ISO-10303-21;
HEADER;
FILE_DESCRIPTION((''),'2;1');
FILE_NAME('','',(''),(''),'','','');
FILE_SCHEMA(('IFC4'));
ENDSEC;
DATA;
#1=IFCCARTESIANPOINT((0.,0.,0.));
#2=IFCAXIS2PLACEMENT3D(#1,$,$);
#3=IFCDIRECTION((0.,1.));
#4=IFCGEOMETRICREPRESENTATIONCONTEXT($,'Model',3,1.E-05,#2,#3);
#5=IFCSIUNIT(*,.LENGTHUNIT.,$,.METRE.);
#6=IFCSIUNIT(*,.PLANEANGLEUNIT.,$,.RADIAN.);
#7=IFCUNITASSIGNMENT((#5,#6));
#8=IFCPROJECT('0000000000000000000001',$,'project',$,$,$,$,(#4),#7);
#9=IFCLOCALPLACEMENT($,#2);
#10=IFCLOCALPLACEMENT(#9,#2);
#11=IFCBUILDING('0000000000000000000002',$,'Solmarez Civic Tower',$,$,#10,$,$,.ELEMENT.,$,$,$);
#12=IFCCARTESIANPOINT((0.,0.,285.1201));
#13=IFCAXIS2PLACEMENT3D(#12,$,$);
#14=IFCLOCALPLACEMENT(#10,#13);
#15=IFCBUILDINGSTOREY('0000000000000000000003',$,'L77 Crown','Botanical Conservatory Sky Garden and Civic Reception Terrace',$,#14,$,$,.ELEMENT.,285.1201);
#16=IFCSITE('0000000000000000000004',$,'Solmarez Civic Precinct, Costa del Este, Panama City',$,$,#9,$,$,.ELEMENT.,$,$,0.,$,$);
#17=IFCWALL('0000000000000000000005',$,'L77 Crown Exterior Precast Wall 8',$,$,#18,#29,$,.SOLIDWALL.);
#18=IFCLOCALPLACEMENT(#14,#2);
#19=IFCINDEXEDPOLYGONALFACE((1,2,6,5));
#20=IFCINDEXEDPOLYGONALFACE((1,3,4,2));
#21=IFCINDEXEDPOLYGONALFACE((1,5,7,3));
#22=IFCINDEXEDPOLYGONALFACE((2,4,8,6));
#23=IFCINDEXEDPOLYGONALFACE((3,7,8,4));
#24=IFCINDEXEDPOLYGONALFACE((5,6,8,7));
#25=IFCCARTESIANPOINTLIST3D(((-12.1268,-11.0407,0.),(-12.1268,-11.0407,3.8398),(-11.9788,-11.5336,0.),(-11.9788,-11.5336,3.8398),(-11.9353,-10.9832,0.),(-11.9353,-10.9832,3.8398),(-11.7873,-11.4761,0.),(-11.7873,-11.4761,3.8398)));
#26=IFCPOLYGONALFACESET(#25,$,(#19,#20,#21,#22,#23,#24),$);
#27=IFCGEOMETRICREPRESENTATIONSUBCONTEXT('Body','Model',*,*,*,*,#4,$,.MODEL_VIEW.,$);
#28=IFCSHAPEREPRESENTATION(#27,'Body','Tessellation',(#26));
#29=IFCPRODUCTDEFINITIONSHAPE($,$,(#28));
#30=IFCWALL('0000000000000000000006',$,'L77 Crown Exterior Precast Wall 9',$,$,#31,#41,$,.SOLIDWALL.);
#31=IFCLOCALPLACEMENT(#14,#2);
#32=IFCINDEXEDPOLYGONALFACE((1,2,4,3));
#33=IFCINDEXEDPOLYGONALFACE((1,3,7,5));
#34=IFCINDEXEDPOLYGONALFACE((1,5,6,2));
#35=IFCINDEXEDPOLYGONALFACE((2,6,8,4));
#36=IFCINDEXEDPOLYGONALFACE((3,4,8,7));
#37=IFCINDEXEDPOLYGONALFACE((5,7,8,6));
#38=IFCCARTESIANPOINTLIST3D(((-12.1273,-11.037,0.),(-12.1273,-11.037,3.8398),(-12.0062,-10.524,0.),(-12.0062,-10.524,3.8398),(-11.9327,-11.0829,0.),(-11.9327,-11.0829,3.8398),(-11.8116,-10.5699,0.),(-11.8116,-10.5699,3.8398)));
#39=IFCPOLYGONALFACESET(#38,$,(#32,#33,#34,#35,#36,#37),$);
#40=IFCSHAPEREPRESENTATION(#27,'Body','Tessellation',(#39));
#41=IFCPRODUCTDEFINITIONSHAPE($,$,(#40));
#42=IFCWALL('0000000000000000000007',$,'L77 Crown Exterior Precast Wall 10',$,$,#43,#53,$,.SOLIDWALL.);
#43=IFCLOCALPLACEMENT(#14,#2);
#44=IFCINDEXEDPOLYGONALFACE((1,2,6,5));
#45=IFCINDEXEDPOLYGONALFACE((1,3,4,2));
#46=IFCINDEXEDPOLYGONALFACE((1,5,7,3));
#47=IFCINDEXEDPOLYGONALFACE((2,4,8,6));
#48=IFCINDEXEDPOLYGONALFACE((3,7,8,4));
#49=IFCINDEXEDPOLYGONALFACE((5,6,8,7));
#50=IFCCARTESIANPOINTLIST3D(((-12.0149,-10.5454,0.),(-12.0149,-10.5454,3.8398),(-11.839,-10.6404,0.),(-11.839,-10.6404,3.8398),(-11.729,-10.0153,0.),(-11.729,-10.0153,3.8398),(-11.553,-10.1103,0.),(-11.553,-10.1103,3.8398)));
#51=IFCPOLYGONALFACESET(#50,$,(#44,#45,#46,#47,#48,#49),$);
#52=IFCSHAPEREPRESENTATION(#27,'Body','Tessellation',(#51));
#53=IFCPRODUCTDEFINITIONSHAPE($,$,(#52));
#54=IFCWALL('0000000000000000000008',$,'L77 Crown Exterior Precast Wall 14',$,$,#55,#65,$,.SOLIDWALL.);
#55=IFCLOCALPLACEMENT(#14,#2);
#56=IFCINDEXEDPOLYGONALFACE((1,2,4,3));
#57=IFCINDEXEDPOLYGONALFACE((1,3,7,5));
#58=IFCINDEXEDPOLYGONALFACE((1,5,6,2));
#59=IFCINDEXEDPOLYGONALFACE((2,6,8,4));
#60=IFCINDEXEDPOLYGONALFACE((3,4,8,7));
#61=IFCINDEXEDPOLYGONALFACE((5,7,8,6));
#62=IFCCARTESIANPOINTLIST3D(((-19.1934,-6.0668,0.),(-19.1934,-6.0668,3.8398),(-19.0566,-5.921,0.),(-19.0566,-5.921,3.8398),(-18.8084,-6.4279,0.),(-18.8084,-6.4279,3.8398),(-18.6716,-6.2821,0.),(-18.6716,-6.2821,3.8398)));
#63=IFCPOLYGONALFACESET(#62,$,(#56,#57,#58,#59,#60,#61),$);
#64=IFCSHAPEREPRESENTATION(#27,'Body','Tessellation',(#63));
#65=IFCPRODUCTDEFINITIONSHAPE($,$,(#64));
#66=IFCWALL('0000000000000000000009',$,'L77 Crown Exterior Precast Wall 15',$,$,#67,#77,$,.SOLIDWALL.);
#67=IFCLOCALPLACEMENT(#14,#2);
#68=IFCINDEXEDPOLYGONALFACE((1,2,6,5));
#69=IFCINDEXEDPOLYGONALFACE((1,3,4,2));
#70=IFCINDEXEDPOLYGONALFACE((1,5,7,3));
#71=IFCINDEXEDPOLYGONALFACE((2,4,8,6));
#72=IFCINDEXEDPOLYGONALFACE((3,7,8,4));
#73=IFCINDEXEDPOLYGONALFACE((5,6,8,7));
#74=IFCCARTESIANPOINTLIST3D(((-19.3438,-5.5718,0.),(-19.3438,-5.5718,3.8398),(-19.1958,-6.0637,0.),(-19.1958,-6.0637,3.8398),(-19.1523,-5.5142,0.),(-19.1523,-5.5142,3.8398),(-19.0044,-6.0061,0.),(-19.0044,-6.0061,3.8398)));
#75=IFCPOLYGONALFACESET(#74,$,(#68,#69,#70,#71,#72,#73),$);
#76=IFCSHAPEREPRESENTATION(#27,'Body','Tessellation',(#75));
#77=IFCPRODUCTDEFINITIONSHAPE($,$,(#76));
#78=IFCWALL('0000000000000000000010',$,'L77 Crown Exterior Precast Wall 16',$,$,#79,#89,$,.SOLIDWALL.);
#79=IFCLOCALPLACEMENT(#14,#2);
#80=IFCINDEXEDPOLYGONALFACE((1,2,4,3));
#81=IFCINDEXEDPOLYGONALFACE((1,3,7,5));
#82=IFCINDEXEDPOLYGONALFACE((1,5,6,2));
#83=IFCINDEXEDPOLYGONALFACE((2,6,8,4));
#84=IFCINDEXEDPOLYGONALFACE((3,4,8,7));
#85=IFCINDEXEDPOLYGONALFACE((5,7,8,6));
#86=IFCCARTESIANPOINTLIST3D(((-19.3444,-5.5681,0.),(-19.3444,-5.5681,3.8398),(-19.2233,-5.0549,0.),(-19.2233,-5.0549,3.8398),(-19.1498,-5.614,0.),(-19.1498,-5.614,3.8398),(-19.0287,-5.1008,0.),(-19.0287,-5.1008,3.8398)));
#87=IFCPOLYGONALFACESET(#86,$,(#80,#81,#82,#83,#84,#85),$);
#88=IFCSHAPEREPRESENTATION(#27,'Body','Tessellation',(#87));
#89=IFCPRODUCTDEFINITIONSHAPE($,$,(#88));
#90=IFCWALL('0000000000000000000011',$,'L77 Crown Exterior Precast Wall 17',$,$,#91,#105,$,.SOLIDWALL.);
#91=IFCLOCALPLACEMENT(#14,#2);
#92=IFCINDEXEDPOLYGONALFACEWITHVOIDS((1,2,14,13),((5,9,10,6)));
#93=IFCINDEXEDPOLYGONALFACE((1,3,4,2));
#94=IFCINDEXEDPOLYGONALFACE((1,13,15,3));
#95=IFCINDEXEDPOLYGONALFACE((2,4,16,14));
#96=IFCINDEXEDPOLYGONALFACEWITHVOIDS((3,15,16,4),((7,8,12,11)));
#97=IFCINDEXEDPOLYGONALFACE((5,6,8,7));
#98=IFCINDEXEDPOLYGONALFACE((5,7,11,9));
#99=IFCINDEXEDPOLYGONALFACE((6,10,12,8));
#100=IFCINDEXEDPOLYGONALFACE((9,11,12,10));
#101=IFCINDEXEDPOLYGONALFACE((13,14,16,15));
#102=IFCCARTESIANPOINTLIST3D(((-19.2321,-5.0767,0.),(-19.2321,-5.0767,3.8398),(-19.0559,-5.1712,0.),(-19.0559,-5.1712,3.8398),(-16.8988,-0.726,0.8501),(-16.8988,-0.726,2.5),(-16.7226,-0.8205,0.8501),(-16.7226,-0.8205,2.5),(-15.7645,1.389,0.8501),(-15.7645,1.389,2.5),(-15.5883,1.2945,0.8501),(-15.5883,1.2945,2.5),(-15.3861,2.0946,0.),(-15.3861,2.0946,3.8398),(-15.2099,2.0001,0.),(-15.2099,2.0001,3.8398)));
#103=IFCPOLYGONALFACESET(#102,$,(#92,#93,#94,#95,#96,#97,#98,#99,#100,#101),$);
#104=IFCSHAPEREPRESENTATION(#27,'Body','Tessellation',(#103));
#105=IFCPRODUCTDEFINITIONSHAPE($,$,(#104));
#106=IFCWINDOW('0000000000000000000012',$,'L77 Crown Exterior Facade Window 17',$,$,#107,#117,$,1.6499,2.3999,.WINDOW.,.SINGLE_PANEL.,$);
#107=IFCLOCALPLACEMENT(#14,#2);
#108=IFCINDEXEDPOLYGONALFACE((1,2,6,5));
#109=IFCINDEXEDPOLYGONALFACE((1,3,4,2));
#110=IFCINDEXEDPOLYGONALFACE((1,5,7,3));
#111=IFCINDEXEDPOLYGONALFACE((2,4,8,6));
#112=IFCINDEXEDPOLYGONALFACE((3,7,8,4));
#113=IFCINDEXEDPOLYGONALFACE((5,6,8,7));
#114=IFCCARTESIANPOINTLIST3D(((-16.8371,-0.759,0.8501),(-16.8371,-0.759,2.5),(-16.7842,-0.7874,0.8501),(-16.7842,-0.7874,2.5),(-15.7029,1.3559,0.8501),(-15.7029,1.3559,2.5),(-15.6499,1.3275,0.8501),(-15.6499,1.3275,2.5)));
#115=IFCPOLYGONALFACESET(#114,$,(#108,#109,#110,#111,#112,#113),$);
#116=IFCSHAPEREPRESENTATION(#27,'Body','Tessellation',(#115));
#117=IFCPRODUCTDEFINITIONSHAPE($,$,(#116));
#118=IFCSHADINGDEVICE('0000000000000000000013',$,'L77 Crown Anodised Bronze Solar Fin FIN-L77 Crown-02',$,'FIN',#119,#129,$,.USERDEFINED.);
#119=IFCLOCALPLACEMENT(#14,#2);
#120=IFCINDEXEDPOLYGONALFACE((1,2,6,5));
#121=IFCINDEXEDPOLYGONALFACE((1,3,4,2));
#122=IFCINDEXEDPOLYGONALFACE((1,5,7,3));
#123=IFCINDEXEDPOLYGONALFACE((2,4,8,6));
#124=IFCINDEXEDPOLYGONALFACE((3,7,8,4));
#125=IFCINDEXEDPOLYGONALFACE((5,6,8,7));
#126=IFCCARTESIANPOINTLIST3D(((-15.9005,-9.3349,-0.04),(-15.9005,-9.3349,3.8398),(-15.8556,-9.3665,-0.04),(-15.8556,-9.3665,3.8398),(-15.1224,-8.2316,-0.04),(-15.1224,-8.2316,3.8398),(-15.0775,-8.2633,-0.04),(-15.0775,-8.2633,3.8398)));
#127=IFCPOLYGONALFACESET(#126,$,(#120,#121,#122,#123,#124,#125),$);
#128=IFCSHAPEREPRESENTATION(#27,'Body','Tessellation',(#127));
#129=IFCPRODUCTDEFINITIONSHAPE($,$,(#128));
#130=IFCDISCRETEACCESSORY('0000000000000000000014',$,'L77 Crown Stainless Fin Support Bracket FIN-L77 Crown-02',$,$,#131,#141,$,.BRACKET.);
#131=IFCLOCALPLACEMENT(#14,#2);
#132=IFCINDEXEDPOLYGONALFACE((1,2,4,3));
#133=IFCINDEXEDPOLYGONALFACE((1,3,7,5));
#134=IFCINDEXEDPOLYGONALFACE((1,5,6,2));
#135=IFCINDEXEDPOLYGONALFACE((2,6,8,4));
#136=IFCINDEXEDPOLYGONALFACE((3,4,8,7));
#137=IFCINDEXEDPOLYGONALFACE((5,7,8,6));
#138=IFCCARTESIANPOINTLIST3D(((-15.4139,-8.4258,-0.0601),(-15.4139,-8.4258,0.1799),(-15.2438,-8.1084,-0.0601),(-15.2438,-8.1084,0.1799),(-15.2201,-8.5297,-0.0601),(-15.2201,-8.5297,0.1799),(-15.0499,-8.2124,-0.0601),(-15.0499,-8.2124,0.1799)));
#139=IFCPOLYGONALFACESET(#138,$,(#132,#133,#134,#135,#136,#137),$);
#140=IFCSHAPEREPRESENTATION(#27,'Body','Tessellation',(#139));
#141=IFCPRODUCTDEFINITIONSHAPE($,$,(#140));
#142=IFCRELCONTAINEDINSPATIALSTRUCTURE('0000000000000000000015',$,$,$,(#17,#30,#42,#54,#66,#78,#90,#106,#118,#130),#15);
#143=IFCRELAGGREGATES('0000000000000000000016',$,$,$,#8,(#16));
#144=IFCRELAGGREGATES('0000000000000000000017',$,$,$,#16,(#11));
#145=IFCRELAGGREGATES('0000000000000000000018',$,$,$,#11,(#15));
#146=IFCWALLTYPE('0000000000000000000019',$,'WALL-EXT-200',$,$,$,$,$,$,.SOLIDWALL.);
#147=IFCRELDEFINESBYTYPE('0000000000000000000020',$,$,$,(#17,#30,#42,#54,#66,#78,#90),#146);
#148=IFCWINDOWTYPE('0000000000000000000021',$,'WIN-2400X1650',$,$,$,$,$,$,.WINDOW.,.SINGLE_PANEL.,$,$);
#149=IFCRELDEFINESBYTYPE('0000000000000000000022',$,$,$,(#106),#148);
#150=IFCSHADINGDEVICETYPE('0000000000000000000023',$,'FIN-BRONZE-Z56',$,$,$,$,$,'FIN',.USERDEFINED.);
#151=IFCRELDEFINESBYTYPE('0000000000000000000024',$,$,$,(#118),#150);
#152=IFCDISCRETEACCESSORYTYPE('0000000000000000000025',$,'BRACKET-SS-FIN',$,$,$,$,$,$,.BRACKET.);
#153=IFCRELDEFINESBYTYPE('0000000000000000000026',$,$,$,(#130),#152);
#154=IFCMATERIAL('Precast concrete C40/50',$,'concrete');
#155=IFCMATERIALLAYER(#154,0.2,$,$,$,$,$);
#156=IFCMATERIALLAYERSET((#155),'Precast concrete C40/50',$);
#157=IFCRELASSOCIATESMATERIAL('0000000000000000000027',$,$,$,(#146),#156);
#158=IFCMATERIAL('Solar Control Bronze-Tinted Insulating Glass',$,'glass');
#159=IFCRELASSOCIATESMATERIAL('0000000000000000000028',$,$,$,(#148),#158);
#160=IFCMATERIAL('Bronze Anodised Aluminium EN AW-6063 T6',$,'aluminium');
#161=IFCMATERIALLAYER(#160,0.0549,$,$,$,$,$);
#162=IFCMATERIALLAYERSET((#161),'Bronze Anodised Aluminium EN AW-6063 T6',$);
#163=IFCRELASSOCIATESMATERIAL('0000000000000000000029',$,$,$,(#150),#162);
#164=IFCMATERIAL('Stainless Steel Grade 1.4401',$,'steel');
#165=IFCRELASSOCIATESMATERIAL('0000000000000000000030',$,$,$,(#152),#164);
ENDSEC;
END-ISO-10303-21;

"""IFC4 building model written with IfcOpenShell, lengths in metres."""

from ifc_helpers import new_model, si_unit, direction, frame, frame_2d, origin, origin_2d, place, context, subcontext, project, spatial, rectangle, extrude, material, layer, layer_set, type_object, element, fill, save


model = new_model("IFC4")

# Units and contexts
model_context = context("Model", 3, precision=1e-05, world=origin(), true_north=direction((0.0, 1.0)))
body_context = subcontext(model_context, "Body", "Model", "MODEL_VIEW")
ifc_project = project(units=[si_unit("LENGTHUNIT", "METRE"), si_unit("PLANEANGLEUNIT", "RADIAN")], contexts=[model_context])

# Site, building, storey
site_placement = place(None, origin())
site = spatial("IfcSite", under=ifc_project, at=site_placement, Name="Solmarez Civic Precinct, Costa del Este, Panama City", CompositionType="ELEMENT", RefElevation=0.0)
building_placement = place(site_placement, origin())
building = spatial("IfcBuilding", under=site, at=building_placement, Name="Solmarez Civic Tower", CompositionType="ELEMENT")
storey_placement = place(building_placement, frame((0.0, 0.0, 285.1201)))
storey = spatial("IfcBuildingStorey", under=building, at=storey_placement, Name="L77 Crown", Description="Botanical Conservatory Sky Garden and Civic Reception Terrace", CompositionType="ELEMENT", Elevation=285.1201)

# Shared definitions
ifc_material_1 = material(Name="Bronze Anodised Aluminium EN AW-6063 T6", Category="aluminium")

# Walls
ifc_material_2 = material(Name="Precast concrete C40/50", Category="concrete")
ifc_layer_1 = layer(ifc_material_2, 0.2)
ifc_layer_set_1 = layer_set([ifc_layer_1], Name="Precast concrete C40/50")
wall_type = type_object("IfcWallType", Name="WALL-EXT-200", PredefinedType="SOLIDWALL", material=ifc_layer_set_1)
wall_1_placement = place(storey_placement, frame((-11.8831, -11.5049, 0.0), z_axis=(0.0, 0.0, 1.0), x_axis=(-0.287478, 0.957787, 0.0)))
element("IfcWall", 1, at=wall_1_placement, inside=storey, type_object=wall_type, Name="L77 Crown Exterior Precast Wall 8", PredefinedType="SOLIDWALL", context=body_context, shape_type="SweptSolid", body=[
    extrude(rectangle(XDim=0.5146, YDim=0.2, at=frame_2d((0.2573, 0.0))), origin(), (0.0, 0.0, 1.0), 3.8398),
])
wall_2_placement = place(storey_placement, frame((-12.03, -11.0601, 0.0), z_axis=(0.0, 0.0, 1.0), x_axis=(0.229762, 0.973247, 0.0)))
element("IfcWall", 2, at=wall_2_placement, inside=storey, type_object=wall_type, Name="L77 Crown Exterior Precast Wall 9", PredefinedType="SOLIDWALL", context=body_context, shape_type="SweptSolid", body=[
    extrude(rectangle(XDim=0.5271, YDim=0.2, at=frame_2d((0.2637, 0.0))), origin(), (0.0, 0.0, 1.0), 3.8398),
])
wall_3_placement = place(storey_placement, frame((-11.927, -10.593, 0.0), z_axis=(0.0, 0.0, 1.0), x_axis=(0.474728, 0.880132, 0.0)))
element("IfcWall", 3, at=wall_3_placement, inside=storey, type_object=wall_type, Name="L77 Crown Exterior Precast Wall 10", PredefinedType="SOLIDWALL", context=body_context, shape_type="SweptSolid", body=[
    extrude(rectangle(XDim=0.6023, YDim=0.2, at=frame_2d((0.3013, 0.0))), origin(), (0.0, 0.0, 1.0), 3.8398),
])
wall_4_placement = place(storey_placement, frame((-18.74, -6.355, 0.0), z_axis=(0.0, 0.0, 1.0), x_axis=(-0.729407, 0.68408, 0.0)))
element("IfcWall", 4, at=wall_4_placement, inside=storey, type_object=wall_type, Name="L77 Crown Exterior Precast Wall 14", PredefinedType="SOLIDWALL", context=body_context, shape_type="SweptSolid", body=[
    extrude(rectangle(XDim=0.5278, YDim=0.2, at=frame_2d((0.2639, 0.0))), origin(), (0.0, 0.0, 1.0), 3.8398),
])
wall_5_placement = place(storey_placement, frame((-19.1001, -6.0349, 0.0), z_axis=(0.0, 0.0, 1.0), x_axis=(-0.288002, 0.95763, 0.0)))
element("IfcWall", 5, at=wall_5_placement, inside=storey, type_object=wall_type, Name="L77 Crown Exterior Precast Wall 15", PredefinedType="SOLIDWALL", context=body_context, shape_type="SweptSolid", body=[
    extrude(rectangle(XDim=0.5137, YDim=0.2, at=frame_2d((0.2568, 0.0))), origin(), (0.0, 0.0, 1.0), 3.8398),
])
wall_6_placement = place(storey_placement, frame((-19.2471, -5.5911, 0.0), z_axis=(0.0, 0.0, 1.0), x_axis=(0.229659, 0.973271, 0.0)))
element("IfcWall", 6, at=wall_6_placement, inside=storey, type_object=wall_type, Name="L77 Crown Exterior Precast Wall 16", PredefinedType="SOLIDWALL", context=body_context, shape_type="SweptSolid", body=[
    extrude(rectangle(XDim=0.5273, YDim=0.2, at=frame_2d((0.2637, 0.0))), origin(), (0.0, 0.0, 1.0), 3.8398),
])

# Wall, opening, window
wall_7_placement = place(storey_placement, frame((-19.144, -5.124, 0.0), z_axis=(0.0, 0.0, 1.0), x_axis=(0.472628, 0.881262, 0.0)))
wall_7 = element("IfcWall", 7, at=wall_7_placement, inside=storey, type_object=wall_type, Name="L77 Crown Exterior Precast Wall 17", PredefinedType="SOLIDWALL", context=body_context, shape_type="SweptSolid", body=[
    extrude(rectangle(XDim=8.1375, YDim=0.2, at=frame_2d((4.0688, 0.0))), origin(), (0.0, 0.0, 1.0), 3.8398),
])
opening_placement = place(wall_7_placement, frame((4.937, 0.0, 0.8501)))
opening = element("IfcOpeningElement", 8, at=opening_placement, cuts=wall_7, PredefinedType="OPENING", context=body_context, shape_type="SweptSolid", body=[
    extrude(rectangle(XDim=2.3999, YDim=1.6499, at=frame_2d((1.2, 0.825))), frame((0.0, 0.1099, 0.0), z_axis=(0.0, -1.0, 0.0), x_axis=(1.0, 0.0, 0.0)), (0.0, 0.0, 1.0), 0.22),
])
ifc_material_3 = material(Name="Solar Control Bronze-Tinted Insulating Glass", Category="glass")
window_type = type_object("IfcWindowType", Name="WIN-2400X1650", PartitioningType="SINGLE_PANEL", PredefinedType="WINDOW", material=ifc_material_3)
window_placement = place(opening_placement, origin())
window = element("IfcWindow", 9, at=window_placement, inside=storey, type_object=window_type, Name="L77 Crown Exterior Facade Window 17", OverallHeight=1.6499, OverallWidth=2.3999, PartitioningType="SINGLE_PANEL", PredefinedType="WINDOW", context=body_context, shape_type="SweptSolid", body=[
    extrude(rectangle(XDim=2.3999, YDim=1.6499, at=frame_2d((1.2, 0.825))), frame((0.0, 0.03, 0.0), z_axis=(0.0, -1.0, 0.0), x_axis=(1.0, 0.0, 0.0)), (0.0, 0.0, 1.0), 0.0601),
])
fill(opening, window)

# Shading device
ifc_layer_2 = layer(ifc_material_1, 0.0549)
ifc_layer_set_2 = layer_set([ifc_layer_2], Name="Bronze Anodised Aluminium EN AW-6063 T6")
shading_device_type = type_object("IfcShadingDeviceType", Name="FIN-BRONZE-Z56", ElementType="FIN", PredefinedType="USERDEFINED", material=ifc_layer_set_2)
shading_device_placement = place(storey_placement, frame((-15.489, -8.7991, -0.04), z_axis=(0.0, 0.0, 1.0), x_axis=(-0.576361, -0.817195, 0.0)))
element("IfcShadingDevice", 10, at=shading_device_placement, inside=storey, type_object=shading_device_type, Name="L77 Crown Anodised Bronze Solar Fin FIN-L77 Crown-02", ObjectType="FIN", PredefinedType="USERDEFINED", context=body_context, shape_type="SweptSolid", body=[
    extrude(rectangle(XDim=1.3501, YDim=0.0549, at=origin_2d()), origin(), (0.0, 0.0, 1.0), 3.8799),
])

# Discrete accessory
ifc_material_4 = material(Name="Stainless Steel Grade 1.4401", Category="steel")
discrete_accessory_type = type_object("IfcDiscreteAccessoryType", Name="BRACKET-SS-FIN", PredefinedType="BRACKET", material=ifc_material_4)
discrete_accessory_placement = place(storey_placement, frame((-15.2319, -8.3191, -0.0601), z_axis=(0.0, 0.0, 1.0), x_axis=(-0.472481, -0.881341, 0.0)))
element("IfcDiscreteAccessory", 11, at=discrete_accessory_placement, inside=storey, type_object=discrete_accessory_type, Name="L77 Crown Stainless Fin Support Bracket FIN-L77 Crown-02", PredefinedType="BRACKET", context=body_context, shape_type="SweptSolid", body=[
    extrude(rectangle(XDim=0.3601, YDim=0.22, at=origin_2d()), origin(), (0.0, 0.0, 1.0), 0.24),
])

save(model, "model.ifc")
